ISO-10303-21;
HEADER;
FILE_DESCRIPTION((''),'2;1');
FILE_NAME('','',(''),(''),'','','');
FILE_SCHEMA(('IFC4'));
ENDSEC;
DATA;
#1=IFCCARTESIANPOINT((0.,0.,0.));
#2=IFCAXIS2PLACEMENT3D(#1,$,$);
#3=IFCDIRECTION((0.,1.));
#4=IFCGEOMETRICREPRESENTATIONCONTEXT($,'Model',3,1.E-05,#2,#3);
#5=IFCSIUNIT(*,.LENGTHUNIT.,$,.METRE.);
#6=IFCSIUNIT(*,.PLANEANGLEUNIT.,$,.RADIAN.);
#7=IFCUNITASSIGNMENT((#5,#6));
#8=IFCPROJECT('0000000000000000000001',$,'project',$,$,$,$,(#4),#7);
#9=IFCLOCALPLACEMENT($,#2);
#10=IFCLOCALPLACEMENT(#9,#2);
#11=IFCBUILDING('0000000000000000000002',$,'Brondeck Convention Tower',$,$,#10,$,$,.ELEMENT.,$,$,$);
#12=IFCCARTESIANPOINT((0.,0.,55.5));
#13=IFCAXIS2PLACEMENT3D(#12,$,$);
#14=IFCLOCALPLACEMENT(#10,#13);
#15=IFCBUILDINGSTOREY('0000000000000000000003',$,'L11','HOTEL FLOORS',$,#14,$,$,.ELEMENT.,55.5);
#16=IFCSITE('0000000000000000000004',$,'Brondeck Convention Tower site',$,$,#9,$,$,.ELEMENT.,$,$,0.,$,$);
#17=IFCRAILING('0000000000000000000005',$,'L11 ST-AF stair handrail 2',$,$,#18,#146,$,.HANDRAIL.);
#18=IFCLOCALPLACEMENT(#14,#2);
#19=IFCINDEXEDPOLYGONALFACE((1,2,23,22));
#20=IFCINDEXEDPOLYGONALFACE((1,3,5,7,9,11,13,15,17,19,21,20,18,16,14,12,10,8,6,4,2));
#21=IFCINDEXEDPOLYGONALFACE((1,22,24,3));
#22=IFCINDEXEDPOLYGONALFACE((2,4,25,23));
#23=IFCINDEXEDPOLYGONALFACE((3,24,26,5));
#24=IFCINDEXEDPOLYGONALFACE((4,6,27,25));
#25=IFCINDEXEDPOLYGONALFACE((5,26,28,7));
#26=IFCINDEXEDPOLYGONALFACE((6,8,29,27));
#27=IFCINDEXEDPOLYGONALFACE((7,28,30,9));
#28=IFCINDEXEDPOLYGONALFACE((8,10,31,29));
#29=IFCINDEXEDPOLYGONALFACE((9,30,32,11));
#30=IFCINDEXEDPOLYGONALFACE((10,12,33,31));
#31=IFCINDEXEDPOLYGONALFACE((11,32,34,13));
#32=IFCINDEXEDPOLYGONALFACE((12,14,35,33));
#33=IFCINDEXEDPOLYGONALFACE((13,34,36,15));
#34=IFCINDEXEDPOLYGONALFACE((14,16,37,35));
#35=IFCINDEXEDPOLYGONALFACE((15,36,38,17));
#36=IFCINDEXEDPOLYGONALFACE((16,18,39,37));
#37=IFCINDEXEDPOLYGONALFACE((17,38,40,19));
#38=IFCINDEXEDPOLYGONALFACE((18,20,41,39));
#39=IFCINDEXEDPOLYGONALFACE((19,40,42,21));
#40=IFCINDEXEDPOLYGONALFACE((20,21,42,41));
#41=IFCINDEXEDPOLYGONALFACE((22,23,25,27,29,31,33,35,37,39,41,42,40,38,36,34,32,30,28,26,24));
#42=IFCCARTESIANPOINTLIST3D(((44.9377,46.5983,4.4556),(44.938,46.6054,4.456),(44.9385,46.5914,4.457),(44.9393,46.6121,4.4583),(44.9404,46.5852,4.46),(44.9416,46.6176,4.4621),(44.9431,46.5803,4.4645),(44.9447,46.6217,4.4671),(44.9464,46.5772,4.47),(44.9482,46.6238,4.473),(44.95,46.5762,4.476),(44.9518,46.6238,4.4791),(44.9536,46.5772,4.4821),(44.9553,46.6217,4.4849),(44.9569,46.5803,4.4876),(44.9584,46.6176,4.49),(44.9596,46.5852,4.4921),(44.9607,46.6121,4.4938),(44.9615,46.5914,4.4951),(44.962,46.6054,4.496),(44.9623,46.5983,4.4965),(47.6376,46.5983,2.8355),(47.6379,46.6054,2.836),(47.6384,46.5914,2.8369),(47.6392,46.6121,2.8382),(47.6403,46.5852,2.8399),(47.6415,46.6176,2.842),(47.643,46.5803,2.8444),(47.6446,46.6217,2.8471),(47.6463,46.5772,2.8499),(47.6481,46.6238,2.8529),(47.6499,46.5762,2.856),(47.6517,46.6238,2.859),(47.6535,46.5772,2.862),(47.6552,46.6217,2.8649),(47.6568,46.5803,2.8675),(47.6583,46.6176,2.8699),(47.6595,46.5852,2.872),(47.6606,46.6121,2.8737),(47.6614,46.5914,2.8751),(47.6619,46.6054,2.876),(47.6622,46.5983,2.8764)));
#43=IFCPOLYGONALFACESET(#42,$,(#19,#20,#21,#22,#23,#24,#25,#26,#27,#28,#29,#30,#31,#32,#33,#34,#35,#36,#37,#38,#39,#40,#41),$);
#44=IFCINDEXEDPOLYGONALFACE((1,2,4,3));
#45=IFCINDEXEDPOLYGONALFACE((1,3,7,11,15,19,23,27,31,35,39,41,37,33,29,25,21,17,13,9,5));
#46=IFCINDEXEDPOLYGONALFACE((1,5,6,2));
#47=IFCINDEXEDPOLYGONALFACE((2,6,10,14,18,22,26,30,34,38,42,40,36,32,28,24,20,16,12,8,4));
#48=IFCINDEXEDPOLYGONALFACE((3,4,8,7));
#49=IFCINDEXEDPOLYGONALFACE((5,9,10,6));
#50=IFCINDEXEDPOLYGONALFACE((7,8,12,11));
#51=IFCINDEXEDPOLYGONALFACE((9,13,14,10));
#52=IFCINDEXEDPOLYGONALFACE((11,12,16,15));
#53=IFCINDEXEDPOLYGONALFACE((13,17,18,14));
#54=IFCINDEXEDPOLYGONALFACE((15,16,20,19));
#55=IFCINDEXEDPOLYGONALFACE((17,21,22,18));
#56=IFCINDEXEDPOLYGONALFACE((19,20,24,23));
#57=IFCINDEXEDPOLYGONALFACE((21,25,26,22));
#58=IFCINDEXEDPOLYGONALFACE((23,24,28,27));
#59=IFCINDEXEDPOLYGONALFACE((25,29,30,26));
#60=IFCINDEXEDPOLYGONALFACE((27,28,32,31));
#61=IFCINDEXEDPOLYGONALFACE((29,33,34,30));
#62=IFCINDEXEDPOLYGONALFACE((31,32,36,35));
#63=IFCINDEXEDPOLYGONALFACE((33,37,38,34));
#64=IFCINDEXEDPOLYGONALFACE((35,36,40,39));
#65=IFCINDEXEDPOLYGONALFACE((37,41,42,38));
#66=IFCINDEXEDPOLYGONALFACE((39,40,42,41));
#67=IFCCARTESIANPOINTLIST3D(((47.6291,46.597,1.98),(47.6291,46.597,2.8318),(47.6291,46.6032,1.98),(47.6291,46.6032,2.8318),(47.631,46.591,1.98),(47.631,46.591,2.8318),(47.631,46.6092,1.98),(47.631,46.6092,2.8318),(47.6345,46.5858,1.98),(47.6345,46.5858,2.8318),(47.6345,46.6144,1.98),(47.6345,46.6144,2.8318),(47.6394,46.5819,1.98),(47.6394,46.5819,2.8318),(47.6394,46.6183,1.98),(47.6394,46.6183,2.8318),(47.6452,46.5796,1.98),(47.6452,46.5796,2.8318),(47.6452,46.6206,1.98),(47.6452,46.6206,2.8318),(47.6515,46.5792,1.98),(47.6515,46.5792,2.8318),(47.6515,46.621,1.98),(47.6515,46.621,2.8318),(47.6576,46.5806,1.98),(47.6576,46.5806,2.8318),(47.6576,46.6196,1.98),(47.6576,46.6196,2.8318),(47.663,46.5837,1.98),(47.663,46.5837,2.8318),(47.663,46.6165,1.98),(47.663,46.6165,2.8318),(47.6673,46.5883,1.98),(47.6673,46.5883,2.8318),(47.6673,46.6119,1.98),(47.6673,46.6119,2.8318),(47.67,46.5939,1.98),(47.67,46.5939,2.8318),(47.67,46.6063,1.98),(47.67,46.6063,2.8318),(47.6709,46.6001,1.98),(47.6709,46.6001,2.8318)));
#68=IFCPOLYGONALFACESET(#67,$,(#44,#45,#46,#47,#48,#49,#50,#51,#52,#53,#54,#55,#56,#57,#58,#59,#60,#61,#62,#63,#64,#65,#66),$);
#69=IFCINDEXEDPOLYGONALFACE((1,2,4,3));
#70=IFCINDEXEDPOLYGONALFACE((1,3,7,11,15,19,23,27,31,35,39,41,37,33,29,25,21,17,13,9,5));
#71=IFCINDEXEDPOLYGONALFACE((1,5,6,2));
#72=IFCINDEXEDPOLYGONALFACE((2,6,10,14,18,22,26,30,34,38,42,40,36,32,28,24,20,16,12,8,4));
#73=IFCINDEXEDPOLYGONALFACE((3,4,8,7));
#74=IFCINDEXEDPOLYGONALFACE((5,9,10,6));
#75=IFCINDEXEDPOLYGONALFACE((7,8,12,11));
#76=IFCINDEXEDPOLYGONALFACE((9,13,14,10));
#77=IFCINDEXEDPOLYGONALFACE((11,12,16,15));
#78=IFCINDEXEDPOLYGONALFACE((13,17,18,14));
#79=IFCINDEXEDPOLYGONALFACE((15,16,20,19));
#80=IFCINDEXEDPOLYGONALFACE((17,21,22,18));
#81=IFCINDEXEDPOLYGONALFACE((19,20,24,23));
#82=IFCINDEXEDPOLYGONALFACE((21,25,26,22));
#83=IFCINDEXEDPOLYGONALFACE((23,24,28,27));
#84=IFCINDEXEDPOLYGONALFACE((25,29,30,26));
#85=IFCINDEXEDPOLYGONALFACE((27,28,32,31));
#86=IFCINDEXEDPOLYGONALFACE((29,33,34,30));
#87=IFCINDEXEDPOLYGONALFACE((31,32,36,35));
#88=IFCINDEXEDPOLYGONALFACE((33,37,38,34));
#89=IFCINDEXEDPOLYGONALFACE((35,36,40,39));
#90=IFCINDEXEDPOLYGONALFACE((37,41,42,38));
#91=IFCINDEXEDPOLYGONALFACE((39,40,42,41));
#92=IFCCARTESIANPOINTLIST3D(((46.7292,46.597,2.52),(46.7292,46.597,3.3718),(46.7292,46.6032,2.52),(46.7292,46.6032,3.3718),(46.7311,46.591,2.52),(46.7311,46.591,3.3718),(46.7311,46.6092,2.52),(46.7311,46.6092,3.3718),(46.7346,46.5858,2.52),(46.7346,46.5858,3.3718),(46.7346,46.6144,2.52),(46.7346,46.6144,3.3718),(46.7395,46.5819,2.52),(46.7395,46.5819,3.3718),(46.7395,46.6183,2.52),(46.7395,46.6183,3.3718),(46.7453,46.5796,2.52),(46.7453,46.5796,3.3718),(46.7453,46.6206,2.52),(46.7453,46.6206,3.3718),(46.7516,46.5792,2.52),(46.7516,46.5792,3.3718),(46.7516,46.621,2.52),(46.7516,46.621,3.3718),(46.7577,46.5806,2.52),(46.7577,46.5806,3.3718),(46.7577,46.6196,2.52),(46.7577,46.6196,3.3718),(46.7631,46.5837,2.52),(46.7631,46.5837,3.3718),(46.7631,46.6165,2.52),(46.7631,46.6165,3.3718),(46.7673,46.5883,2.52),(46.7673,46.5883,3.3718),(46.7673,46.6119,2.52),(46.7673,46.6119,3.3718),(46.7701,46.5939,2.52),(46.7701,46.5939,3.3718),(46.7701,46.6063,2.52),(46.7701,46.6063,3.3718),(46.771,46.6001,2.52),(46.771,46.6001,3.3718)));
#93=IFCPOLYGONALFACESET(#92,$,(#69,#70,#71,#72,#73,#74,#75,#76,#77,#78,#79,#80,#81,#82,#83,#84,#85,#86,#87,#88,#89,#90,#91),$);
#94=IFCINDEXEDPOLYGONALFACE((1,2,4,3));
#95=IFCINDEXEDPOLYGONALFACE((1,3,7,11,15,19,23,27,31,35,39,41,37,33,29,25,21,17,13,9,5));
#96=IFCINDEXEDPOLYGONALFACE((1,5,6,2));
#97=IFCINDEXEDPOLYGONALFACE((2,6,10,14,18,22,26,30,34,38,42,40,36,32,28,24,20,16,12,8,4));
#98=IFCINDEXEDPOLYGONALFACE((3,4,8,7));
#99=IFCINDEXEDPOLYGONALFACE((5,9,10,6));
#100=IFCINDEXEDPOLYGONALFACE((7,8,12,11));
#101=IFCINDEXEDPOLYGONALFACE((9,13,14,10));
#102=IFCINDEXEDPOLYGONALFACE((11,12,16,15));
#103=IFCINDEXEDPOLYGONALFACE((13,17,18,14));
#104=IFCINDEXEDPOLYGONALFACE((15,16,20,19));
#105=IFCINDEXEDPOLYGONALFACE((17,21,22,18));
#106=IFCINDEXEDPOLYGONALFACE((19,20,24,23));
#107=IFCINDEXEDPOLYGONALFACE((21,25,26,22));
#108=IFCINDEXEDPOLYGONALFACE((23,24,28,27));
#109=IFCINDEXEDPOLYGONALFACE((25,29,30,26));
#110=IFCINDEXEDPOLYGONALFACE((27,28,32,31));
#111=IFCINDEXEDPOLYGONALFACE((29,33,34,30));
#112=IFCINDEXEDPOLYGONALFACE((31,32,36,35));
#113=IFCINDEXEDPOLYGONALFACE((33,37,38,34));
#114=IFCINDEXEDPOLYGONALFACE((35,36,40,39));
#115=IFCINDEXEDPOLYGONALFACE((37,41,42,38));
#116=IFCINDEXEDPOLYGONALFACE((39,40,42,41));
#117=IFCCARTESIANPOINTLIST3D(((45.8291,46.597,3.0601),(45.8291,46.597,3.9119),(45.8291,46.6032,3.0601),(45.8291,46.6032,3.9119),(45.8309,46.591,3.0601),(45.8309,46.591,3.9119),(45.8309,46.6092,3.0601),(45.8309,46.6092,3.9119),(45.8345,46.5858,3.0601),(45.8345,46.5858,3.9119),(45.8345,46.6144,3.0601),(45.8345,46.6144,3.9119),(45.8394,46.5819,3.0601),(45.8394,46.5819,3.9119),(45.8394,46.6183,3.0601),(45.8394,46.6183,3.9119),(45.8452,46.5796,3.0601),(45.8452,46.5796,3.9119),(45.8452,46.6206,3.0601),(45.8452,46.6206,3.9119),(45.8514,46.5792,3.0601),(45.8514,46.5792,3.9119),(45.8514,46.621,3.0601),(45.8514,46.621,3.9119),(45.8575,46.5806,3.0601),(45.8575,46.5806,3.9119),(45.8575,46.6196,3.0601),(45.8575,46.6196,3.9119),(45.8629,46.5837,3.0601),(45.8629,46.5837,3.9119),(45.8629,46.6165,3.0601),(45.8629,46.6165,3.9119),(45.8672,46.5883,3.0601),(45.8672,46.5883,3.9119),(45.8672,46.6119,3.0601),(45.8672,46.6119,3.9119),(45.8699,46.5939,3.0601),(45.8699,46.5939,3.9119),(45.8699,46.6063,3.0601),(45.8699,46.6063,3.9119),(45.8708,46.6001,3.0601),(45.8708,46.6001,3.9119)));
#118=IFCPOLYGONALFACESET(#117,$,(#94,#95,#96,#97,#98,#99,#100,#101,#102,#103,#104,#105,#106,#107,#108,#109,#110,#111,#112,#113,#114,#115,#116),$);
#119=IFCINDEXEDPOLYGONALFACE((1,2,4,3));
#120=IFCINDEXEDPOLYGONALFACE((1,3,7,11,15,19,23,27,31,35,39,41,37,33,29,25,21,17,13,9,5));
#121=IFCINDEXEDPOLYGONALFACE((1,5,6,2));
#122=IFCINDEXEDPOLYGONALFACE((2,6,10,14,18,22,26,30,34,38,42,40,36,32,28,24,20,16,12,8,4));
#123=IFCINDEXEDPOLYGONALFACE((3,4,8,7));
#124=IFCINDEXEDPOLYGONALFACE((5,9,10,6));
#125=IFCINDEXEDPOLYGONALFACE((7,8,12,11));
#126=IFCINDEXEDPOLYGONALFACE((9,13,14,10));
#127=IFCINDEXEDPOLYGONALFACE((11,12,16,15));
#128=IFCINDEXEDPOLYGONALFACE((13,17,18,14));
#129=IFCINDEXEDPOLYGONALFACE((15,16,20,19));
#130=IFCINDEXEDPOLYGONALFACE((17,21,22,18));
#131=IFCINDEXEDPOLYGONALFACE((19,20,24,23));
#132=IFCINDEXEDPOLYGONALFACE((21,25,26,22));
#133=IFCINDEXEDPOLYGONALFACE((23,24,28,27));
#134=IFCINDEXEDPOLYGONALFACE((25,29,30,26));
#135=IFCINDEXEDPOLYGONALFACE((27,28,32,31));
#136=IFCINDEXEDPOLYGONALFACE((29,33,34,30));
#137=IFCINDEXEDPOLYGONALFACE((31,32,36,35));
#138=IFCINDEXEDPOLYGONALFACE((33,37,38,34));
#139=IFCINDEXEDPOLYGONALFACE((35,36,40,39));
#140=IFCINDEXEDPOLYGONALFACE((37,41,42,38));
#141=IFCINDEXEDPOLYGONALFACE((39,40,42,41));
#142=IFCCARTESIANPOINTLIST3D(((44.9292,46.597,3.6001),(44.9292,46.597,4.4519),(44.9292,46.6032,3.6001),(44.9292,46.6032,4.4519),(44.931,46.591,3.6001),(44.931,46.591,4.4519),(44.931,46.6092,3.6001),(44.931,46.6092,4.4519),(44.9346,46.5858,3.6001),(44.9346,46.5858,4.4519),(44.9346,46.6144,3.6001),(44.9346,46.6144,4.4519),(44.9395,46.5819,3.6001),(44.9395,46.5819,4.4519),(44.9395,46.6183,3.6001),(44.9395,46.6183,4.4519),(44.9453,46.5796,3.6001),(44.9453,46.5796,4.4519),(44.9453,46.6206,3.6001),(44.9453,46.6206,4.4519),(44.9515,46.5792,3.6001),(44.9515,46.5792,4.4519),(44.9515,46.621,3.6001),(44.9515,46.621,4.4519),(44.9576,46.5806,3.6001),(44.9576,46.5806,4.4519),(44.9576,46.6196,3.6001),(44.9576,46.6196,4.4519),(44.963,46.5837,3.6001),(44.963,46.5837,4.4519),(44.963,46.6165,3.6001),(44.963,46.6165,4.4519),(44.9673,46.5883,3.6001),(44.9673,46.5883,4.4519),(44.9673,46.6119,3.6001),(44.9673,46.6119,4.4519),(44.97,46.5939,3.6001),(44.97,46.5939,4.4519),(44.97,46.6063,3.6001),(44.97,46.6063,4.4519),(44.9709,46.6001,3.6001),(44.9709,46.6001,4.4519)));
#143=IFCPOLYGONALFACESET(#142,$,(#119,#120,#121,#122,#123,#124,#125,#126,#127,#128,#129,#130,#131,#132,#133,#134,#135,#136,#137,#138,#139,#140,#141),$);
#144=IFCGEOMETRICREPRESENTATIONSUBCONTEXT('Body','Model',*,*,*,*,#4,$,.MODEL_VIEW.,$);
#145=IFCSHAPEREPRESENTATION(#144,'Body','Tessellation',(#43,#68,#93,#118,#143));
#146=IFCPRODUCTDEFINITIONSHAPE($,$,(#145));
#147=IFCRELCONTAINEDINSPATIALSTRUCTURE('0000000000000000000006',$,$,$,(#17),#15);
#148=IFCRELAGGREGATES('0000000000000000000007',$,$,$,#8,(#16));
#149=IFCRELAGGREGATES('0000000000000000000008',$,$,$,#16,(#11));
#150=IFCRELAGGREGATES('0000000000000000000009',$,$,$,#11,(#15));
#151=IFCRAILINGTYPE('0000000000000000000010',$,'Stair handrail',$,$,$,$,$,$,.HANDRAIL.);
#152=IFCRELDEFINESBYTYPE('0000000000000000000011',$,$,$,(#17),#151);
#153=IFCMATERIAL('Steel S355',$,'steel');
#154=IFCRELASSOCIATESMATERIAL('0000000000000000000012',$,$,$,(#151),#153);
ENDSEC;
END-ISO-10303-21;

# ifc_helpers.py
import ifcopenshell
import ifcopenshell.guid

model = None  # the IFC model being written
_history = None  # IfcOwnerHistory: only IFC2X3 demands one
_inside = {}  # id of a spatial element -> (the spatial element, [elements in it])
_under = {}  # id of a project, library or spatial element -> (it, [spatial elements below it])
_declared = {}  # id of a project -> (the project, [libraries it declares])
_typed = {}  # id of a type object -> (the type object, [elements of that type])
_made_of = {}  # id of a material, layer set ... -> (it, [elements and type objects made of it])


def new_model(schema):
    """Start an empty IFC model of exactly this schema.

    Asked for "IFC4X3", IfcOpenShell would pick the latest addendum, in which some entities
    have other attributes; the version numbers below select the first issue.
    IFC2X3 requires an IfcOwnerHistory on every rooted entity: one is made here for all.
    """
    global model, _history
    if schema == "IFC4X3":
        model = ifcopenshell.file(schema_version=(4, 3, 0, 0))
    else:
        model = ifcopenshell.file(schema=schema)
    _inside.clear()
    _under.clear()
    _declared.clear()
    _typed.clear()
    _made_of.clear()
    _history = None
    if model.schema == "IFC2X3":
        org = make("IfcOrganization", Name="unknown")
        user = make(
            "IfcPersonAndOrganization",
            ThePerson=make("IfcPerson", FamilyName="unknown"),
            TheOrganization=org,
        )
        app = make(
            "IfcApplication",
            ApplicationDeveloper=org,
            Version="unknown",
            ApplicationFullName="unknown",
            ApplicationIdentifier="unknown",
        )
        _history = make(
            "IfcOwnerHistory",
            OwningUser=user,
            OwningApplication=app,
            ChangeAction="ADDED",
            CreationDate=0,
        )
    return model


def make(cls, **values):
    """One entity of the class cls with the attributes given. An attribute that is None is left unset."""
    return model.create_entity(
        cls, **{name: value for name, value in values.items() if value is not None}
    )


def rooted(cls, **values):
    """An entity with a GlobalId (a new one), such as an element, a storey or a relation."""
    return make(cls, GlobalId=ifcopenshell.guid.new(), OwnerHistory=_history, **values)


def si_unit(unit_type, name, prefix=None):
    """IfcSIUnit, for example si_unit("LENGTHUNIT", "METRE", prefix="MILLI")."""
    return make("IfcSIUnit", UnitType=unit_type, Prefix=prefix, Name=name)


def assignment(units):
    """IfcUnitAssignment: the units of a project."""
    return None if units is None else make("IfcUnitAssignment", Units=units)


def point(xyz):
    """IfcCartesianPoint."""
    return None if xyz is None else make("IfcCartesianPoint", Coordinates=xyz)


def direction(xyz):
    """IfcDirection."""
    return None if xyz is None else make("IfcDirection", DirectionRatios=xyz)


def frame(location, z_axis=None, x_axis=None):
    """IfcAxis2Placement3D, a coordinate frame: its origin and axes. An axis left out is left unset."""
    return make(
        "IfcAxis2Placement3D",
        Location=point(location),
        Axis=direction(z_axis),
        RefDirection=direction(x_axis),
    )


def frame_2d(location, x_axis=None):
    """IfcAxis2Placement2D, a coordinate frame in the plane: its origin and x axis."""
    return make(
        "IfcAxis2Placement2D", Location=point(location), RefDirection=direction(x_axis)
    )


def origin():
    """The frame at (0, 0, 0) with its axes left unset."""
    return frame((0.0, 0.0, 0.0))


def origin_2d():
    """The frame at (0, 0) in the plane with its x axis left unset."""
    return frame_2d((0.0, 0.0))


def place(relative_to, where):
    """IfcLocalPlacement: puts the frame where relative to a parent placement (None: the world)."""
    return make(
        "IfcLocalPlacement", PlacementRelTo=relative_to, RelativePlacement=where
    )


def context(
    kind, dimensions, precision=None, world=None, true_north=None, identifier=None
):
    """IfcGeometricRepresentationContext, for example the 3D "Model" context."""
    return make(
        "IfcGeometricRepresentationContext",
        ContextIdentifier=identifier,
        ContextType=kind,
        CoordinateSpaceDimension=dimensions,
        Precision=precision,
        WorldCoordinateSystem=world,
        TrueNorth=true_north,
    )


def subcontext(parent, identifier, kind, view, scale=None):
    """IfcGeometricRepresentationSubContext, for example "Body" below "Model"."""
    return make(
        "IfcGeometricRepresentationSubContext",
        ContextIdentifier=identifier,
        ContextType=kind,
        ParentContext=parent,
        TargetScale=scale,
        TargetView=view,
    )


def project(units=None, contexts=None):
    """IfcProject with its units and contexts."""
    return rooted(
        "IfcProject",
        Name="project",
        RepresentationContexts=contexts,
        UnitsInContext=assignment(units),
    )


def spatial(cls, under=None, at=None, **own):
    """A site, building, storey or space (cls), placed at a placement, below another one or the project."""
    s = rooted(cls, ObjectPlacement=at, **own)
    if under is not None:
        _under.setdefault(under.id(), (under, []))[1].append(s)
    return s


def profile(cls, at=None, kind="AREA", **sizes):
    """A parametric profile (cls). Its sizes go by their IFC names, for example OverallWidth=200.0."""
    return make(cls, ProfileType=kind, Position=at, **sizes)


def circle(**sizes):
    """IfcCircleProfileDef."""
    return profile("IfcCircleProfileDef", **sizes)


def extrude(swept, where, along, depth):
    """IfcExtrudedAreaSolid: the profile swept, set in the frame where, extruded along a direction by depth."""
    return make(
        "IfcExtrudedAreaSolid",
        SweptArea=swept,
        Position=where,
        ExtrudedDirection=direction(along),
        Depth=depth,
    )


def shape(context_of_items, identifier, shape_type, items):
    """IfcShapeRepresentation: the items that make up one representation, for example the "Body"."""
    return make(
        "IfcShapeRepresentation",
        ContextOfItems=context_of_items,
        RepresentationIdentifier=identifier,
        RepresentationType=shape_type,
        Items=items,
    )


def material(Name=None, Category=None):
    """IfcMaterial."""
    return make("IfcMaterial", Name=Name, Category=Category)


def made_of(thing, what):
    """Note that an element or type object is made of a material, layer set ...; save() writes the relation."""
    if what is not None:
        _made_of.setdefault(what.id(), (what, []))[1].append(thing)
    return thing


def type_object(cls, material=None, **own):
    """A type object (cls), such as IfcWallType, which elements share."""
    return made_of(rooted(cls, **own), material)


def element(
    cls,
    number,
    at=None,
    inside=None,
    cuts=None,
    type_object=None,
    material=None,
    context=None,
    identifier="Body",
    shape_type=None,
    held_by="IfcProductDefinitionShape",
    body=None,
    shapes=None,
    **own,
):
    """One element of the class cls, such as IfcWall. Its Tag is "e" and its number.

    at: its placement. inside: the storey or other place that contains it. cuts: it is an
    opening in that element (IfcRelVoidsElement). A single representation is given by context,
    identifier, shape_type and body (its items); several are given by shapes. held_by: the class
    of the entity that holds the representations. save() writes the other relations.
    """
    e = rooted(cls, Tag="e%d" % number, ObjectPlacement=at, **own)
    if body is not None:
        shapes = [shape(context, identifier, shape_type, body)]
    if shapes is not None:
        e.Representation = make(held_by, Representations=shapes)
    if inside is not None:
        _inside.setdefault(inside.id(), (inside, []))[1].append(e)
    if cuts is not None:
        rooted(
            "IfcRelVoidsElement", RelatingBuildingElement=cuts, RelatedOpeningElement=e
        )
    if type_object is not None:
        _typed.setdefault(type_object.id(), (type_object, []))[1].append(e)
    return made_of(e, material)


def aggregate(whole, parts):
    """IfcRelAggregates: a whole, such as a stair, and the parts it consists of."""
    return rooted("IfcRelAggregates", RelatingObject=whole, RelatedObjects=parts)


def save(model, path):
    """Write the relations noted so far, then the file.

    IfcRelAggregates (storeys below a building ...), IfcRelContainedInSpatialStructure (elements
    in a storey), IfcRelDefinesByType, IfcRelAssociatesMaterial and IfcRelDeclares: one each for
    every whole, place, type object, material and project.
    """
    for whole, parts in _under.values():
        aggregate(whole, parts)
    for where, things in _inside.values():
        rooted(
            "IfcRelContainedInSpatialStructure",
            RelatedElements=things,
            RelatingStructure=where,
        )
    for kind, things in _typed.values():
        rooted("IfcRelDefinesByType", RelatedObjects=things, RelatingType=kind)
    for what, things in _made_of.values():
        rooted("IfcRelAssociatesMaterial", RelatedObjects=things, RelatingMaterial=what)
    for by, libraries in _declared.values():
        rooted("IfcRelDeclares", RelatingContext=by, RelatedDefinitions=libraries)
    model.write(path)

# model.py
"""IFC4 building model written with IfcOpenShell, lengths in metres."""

from ifc_helpers import new_model, si_unit, direction, frame, origin, origin_2d, place, context, subcontext, project, spatial, circle, extrude, material, type_object, element, save


model = new_model("IFC4")

# Units and contexts
model_context = context("Model", 3, precision=1e-05, world=origin(), true_north=direction((0.0, 1.0)))
body_context = subcontext(model_context, "Body", "Model", "MODEL_VIEW")
ifc_project = project(units=[si_unit("LENGTHUNIT", "METRE"), si_unit("PLANEANGLEUNIT", "RADIAN")], contexts=[model_context])

# Site, building, storey
site_placement = place(None, origin())
site = spatial("IfcSite", under=ifc_project, at=site_placement, Name="Brondeck Convention Tower site", CompositionType="ELEMENT", RefElevation=0.0)
building_placement = place(site_placement, origin())
building = spatial("IfcBuilding", under=site, at=building_placement, Name="Brondeck Convention Tower", CompositionType="ELEMENT")
storey_placement = place(building_placement, frame((0.0, 0.0, 55.5)))
storey = spatial("IfcBuildingStorey", under=building, at=storey_placement, Name="L11", Description="HOTEL FLOORS", CompositionType="ELEMENT", Elevation=55.5)

# Shared definitions
ifc_material_1 = material(Name="Steel S355", Category="steel")

# Railing
railing_type = type_object("IfcRailingType", Name="Stair handrail", PredefinedType="HANDRAIL", material=ifc_material_1)
railing_placement = place(storey_placement, frame((47.6499, 46.6001, 1.98)))
element("IfcRailing", 1, at=railing_placement, inside=storey, type_object=railing_type, Name="L11 ST-AF stair handrail 2", PredefinedType="HANDRAIL", context=body_context, shape_type="SweptSolid", body=[
    extrude(circle(Radius=0.0239, at=origin_2d()), frame((0.0, 0.0, 0.876), z_axis=(-0.857472, 0.0, 0.51453), x_axis=(0.0, -1.0, 0.0)), (0.0, 0.0, 1.0), 3.1487),
    extrude(circle(Radius=0.021, at=origin_2d()), origin(), (0.0, 0.0, 1.0), 0.8518),
    extrude(circle(Radius=0.021, at=origin_2d()), frame((-0.8999, 0.0, 0.54)), (0.0, 0.0, 1.0), 0.8518),
    extrude(circle(Radius=0.021, at=origin_2d()), frame((-1.8, 0.0, 1.0801)), (0.0, 0.0, 1.0), 0.8518),
    extrude(circle(Radius=0.021, at=origin_2d()), frame((-2.7, 0.0, 1.6201)), (0.0, 0.0, 1.0), 0.8518),
])

save(model, "model.ifc")
